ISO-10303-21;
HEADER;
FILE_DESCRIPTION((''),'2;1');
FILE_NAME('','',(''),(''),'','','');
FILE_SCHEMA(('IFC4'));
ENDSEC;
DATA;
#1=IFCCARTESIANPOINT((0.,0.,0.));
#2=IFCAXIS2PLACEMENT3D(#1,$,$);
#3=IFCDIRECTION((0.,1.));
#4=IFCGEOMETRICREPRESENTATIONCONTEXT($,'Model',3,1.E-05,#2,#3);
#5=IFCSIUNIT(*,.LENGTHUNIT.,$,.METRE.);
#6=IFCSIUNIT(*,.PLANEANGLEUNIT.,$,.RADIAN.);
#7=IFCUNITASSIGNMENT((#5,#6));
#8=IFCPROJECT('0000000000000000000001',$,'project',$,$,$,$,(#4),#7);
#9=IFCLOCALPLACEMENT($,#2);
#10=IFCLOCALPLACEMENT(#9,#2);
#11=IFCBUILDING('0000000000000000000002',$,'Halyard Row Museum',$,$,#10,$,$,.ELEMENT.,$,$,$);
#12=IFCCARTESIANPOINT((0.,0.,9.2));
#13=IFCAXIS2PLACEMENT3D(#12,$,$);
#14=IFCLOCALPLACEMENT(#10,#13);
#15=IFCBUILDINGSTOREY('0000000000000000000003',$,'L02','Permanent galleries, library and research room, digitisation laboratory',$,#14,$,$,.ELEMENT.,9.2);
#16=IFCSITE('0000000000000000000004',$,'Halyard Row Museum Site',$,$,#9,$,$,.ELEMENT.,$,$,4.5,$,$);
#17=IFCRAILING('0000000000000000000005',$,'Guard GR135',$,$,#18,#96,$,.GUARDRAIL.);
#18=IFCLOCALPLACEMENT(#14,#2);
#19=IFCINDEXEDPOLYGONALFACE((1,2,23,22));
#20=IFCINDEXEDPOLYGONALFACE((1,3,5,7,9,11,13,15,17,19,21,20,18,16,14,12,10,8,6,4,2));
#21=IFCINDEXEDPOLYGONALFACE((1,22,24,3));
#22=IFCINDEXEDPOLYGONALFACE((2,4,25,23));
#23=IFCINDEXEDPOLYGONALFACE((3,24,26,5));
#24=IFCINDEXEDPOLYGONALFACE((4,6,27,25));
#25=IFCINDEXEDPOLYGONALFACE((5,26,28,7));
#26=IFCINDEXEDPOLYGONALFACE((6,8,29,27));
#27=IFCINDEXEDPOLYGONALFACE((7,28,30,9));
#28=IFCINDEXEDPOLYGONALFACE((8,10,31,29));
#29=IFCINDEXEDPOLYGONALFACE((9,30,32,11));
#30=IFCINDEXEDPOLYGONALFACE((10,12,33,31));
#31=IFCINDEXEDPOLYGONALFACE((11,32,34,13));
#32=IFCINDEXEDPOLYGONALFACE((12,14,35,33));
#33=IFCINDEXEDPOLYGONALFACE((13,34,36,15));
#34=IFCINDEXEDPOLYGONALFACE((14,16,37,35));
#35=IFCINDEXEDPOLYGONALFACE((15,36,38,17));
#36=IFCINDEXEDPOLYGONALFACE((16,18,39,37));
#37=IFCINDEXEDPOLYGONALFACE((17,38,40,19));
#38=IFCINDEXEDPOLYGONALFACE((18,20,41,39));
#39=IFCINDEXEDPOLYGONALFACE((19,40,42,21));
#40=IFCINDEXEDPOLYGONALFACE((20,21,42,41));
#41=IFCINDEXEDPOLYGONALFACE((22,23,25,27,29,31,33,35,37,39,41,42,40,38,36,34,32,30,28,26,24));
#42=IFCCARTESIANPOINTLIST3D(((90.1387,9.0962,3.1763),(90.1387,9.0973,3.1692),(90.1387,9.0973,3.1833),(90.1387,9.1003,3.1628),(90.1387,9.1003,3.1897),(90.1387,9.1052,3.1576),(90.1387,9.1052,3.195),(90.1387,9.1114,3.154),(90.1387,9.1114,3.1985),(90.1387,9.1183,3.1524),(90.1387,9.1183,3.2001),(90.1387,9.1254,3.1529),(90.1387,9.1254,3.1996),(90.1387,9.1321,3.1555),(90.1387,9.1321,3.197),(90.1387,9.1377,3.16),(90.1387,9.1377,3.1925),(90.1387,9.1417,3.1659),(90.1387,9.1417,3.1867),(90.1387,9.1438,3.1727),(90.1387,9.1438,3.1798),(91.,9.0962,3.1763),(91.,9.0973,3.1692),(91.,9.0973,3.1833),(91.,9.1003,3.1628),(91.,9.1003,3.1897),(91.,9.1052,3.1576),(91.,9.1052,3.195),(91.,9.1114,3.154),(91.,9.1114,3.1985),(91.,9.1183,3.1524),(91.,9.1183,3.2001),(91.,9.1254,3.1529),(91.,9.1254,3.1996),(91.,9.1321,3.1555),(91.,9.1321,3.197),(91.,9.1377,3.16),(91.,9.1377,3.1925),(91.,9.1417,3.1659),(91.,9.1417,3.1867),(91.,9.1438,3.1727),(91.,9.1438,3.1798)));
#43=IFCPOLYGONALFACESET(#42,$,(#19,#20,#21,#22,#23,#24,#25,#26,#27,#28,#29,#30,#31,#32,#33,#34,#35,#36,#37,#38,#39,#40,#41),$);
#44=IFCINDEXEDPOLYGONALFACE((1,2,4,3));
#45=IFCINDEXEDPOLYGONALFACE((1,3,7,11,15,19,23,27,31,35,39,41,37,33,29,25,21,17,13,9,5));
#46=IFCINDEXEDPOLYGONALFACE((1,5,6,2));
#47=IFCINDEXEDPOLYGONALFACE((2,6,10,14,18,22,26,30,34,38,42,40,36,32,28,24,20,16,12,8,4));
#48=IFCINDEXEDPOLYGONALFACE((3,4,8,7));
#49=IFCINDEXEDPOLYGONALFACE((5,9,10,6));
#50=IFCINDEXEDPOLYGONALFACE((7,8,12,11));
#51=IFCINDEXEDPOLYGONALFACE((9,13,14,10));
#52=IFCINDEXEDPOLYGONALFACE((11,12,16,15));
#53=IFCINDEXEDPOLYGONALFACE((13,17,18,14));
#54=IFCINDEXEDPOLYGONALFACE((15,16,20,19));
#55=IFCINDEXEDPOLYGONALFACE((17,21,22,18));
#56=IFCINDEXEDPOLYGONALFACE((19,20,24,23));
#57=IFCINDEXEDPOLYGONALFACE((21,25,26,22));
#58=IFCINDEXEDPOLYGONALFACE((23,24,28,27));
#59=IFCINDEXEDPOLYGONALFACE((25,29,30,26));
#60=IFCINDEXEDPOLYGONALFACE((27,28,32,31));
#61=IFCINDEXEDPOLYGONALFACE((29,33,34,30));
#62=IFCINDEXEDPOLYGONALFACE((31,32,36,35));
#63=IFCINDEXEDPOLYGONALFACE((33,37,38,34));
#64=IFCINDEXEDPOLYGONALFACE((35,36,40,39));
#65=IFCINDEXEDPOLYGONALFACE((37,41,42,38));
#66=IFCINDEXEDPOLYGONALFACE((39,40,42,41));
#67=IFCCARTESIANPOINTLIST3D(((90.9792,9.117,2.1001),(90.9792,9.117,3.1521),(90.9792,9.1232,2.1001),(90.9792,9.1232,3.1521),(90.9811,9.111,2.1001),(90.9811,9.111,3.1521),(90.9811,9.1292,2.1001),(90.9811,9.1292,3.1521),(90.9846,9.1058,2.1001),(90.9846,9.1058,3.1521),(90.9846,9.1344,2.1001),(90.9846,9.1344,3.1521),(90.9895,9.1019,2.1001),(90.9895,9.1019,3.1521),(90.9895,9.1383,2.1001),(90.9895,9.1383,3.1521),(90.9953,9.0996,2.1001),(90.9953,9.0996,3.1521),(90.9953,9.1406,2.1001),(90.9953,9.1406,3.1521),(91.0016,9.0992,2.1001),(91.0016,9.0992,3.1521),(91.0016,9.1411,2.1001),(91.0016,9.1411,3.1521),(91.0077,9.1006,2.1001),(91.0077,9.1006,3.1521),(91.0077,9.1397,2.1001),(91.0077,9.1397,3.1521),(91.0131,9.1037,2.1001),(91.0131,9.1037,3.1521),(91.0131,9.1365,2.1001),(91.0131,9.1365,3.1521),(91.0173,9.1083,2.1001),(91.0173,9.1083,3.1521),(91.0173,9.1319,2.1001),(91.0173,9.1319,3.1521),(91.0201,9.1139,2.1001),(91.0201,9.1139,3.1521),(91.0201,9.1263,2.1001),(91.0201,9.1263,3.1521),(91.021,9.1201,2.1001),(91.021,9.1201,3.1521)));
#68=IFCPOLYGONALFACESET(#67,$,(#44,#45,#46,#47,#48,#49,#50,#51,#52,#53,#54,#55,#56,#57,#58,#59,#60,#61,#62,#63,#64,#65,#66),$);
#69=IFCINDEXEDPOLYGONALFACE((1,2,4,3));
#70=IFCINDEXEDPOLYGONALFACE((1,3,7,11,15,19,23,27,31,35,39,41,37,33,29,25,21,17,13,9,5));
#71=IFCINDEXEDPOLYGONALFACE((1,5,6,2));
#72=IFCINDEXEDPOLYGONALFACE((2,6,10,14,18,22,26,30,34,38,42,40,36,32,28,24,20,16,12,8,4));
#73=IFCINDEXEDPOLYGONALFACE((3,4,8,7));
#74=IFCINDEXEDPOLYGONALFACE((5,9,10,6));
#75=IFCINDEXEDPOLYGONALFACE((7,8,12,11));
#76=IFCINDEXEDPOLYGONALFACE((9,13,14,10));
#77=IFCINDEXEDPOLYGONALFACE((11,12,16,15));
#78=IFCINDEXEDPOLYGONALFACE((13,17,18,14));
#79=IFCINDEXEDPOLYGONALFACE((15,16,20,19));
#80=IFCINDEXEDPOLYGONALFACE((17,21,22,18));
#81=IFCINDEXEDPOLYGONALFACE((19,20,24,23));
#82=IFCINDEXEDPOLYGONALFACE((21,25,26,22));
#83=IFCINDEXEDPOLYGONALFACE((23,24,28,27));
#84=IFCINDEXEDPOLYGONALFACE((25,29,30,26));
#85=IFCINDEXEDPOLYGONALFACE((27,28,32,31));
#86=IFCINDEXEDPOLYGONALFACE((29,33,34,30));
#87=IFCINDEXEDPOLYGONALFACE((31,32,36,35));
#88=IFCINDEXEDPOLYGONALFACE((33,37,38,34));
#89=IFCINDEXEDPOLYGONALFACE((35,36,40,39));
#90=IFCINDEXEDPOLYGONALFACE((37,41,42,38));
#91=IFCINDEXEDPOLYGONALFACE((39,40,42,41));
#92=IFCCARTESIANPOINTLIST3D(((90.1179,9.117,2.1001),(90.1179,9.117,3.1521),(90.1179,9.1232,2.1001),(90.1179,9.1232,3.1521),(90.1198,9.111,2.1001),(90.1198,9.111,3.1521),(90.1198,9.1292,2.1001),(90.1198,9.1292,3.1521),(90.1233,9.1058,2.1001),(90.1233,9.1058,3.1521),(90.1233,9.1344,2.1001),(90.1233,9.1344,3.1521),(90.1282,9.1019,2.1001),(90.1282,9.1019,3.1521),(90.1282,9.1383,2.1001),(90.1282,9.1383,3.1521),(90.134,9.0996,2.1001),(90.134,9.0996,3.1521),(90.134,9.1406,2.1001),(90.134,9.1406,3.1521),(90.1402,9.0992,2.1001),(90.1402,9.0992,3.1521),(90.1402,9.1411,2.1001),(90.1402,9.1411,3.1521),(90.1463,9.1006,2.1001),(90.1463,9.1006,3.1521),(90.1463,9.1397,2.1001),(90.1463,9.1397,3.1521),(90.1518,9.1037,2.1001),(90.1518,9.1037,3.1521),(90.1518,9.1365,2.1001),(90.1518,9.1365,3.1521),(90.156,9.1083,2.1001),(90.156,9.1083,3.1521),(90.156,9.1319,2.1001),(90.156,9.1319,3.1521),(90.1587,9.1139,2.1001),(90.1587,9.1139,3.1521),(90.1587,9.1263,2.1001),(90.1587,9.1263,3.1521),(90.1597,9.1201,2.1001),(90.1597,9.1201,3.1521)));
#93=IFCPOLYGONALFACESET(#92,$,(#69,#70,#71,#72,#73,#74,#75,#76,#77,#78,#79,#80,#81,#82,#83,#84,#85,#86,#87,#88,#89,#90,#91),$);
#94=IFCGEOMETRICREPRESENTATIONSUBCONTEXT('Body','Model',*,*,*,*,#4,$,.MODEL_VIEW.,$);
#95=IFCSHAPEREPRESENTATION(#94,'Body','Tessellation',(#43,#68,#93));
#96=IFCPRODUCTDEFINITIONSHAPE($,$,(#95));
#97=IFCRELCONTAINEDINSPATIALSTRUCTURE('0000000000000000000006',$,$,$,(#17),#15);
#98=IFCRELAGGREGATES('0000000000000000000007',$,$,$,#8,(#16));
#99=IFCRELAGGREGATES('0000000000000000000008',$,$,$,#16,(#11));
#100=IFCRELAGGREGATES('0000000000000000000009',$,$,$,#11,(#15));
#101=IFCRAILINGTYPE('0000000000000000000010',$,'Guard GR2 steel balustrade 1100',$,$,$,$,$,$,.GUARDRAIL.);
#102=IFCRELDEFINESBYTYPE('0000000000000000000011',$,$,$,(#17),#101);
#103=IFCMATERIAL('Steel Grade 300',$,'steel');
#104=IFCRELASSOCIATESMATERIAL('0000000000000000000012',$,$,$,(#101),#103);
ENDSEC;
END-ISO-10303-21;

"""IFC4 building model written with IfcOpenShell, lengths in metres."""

from ifc_helpers import new_model, si_unit, direction, frame, origin, origin_2d, place, context, subcontext, project, spatial, circle, extrude, material, type_object, element, save


model = new_model("IFC4")

# Units and contexts
model_context = context("Model", 3, precision=1e-05, world=origin(), true_north=direction((0.0, 1.0)))
body_context = subcontext(model_context, "Body", "Model", "MODEL_VIEW")
ifc_project = project(units=[si_unit("LENGTHUNIT", "METRE"), si_unit("PLANEANGLEUNIT", "RADIAN")], contexts=[model_context])

# Site, building, storey
site_placement = place(None, origin())
site = spatial("IfcSite", under=ifc_project, at=site_placement, Name="Halyard Row Museum Site", CompositionType="ELEMENT", RefElevation=4.5)
building_placement = place(site_placement, origin())
building = spatial("IfcBuilding", under=site, at=building_placement, Name="Halyard Row Museum", CompositionType="ELEMENT")
storey_placement = place(building_placement, frame((0.0, 0.0, 9.2)))
storey = spatial("IfcBuildingStorey", under=building, at=storey_placement, Name="L02", Description="Permanent galleries, library and research room, digitisation laboratory", CompositionType="ELEMENT", Elevation=9.2)

# Railing
ifc_material_1 = material(Name="Steel Grade 300", Category="steel")
railing_type = type_object("IfcRailingType", Name="Guard GR2 steel balustrade 1100", PredefinedType="GUARDRAIL", material=ifc_material_1)
railing_placement = place(storey_placement, frame((91.0, 9.1201, 2.1001)))
element("IfcRailing", 1, at=railing_placement, inside=storey, type_object=railing_type, Name="Guard GR135", PredefinedType="GUARDRAIL", context=body_context, shape_type="SweptSolid", body=[
    extrude(circle(Radius=0.0239, at=origin_2d()), frame((0.0, 0.0, 1.0762), z_axis=(-1.0, 0.0, 0.0), x_axis=(0.0, -1.0, 0.0)), (0.0, 0.0, 1.0), 0.8613),
    extrude(circle(Radius=0.021, at=origin_2d()), origin(), (0.0, 0.0, 1.0), 1.052),
    extrude(circle(Radius=0.021, at=origin_2d()), frame((-0.8613, 0.0, 0.0)), (0.0, 0.0, 1.0), 1.052),
])

save(model, "model.ifc")
